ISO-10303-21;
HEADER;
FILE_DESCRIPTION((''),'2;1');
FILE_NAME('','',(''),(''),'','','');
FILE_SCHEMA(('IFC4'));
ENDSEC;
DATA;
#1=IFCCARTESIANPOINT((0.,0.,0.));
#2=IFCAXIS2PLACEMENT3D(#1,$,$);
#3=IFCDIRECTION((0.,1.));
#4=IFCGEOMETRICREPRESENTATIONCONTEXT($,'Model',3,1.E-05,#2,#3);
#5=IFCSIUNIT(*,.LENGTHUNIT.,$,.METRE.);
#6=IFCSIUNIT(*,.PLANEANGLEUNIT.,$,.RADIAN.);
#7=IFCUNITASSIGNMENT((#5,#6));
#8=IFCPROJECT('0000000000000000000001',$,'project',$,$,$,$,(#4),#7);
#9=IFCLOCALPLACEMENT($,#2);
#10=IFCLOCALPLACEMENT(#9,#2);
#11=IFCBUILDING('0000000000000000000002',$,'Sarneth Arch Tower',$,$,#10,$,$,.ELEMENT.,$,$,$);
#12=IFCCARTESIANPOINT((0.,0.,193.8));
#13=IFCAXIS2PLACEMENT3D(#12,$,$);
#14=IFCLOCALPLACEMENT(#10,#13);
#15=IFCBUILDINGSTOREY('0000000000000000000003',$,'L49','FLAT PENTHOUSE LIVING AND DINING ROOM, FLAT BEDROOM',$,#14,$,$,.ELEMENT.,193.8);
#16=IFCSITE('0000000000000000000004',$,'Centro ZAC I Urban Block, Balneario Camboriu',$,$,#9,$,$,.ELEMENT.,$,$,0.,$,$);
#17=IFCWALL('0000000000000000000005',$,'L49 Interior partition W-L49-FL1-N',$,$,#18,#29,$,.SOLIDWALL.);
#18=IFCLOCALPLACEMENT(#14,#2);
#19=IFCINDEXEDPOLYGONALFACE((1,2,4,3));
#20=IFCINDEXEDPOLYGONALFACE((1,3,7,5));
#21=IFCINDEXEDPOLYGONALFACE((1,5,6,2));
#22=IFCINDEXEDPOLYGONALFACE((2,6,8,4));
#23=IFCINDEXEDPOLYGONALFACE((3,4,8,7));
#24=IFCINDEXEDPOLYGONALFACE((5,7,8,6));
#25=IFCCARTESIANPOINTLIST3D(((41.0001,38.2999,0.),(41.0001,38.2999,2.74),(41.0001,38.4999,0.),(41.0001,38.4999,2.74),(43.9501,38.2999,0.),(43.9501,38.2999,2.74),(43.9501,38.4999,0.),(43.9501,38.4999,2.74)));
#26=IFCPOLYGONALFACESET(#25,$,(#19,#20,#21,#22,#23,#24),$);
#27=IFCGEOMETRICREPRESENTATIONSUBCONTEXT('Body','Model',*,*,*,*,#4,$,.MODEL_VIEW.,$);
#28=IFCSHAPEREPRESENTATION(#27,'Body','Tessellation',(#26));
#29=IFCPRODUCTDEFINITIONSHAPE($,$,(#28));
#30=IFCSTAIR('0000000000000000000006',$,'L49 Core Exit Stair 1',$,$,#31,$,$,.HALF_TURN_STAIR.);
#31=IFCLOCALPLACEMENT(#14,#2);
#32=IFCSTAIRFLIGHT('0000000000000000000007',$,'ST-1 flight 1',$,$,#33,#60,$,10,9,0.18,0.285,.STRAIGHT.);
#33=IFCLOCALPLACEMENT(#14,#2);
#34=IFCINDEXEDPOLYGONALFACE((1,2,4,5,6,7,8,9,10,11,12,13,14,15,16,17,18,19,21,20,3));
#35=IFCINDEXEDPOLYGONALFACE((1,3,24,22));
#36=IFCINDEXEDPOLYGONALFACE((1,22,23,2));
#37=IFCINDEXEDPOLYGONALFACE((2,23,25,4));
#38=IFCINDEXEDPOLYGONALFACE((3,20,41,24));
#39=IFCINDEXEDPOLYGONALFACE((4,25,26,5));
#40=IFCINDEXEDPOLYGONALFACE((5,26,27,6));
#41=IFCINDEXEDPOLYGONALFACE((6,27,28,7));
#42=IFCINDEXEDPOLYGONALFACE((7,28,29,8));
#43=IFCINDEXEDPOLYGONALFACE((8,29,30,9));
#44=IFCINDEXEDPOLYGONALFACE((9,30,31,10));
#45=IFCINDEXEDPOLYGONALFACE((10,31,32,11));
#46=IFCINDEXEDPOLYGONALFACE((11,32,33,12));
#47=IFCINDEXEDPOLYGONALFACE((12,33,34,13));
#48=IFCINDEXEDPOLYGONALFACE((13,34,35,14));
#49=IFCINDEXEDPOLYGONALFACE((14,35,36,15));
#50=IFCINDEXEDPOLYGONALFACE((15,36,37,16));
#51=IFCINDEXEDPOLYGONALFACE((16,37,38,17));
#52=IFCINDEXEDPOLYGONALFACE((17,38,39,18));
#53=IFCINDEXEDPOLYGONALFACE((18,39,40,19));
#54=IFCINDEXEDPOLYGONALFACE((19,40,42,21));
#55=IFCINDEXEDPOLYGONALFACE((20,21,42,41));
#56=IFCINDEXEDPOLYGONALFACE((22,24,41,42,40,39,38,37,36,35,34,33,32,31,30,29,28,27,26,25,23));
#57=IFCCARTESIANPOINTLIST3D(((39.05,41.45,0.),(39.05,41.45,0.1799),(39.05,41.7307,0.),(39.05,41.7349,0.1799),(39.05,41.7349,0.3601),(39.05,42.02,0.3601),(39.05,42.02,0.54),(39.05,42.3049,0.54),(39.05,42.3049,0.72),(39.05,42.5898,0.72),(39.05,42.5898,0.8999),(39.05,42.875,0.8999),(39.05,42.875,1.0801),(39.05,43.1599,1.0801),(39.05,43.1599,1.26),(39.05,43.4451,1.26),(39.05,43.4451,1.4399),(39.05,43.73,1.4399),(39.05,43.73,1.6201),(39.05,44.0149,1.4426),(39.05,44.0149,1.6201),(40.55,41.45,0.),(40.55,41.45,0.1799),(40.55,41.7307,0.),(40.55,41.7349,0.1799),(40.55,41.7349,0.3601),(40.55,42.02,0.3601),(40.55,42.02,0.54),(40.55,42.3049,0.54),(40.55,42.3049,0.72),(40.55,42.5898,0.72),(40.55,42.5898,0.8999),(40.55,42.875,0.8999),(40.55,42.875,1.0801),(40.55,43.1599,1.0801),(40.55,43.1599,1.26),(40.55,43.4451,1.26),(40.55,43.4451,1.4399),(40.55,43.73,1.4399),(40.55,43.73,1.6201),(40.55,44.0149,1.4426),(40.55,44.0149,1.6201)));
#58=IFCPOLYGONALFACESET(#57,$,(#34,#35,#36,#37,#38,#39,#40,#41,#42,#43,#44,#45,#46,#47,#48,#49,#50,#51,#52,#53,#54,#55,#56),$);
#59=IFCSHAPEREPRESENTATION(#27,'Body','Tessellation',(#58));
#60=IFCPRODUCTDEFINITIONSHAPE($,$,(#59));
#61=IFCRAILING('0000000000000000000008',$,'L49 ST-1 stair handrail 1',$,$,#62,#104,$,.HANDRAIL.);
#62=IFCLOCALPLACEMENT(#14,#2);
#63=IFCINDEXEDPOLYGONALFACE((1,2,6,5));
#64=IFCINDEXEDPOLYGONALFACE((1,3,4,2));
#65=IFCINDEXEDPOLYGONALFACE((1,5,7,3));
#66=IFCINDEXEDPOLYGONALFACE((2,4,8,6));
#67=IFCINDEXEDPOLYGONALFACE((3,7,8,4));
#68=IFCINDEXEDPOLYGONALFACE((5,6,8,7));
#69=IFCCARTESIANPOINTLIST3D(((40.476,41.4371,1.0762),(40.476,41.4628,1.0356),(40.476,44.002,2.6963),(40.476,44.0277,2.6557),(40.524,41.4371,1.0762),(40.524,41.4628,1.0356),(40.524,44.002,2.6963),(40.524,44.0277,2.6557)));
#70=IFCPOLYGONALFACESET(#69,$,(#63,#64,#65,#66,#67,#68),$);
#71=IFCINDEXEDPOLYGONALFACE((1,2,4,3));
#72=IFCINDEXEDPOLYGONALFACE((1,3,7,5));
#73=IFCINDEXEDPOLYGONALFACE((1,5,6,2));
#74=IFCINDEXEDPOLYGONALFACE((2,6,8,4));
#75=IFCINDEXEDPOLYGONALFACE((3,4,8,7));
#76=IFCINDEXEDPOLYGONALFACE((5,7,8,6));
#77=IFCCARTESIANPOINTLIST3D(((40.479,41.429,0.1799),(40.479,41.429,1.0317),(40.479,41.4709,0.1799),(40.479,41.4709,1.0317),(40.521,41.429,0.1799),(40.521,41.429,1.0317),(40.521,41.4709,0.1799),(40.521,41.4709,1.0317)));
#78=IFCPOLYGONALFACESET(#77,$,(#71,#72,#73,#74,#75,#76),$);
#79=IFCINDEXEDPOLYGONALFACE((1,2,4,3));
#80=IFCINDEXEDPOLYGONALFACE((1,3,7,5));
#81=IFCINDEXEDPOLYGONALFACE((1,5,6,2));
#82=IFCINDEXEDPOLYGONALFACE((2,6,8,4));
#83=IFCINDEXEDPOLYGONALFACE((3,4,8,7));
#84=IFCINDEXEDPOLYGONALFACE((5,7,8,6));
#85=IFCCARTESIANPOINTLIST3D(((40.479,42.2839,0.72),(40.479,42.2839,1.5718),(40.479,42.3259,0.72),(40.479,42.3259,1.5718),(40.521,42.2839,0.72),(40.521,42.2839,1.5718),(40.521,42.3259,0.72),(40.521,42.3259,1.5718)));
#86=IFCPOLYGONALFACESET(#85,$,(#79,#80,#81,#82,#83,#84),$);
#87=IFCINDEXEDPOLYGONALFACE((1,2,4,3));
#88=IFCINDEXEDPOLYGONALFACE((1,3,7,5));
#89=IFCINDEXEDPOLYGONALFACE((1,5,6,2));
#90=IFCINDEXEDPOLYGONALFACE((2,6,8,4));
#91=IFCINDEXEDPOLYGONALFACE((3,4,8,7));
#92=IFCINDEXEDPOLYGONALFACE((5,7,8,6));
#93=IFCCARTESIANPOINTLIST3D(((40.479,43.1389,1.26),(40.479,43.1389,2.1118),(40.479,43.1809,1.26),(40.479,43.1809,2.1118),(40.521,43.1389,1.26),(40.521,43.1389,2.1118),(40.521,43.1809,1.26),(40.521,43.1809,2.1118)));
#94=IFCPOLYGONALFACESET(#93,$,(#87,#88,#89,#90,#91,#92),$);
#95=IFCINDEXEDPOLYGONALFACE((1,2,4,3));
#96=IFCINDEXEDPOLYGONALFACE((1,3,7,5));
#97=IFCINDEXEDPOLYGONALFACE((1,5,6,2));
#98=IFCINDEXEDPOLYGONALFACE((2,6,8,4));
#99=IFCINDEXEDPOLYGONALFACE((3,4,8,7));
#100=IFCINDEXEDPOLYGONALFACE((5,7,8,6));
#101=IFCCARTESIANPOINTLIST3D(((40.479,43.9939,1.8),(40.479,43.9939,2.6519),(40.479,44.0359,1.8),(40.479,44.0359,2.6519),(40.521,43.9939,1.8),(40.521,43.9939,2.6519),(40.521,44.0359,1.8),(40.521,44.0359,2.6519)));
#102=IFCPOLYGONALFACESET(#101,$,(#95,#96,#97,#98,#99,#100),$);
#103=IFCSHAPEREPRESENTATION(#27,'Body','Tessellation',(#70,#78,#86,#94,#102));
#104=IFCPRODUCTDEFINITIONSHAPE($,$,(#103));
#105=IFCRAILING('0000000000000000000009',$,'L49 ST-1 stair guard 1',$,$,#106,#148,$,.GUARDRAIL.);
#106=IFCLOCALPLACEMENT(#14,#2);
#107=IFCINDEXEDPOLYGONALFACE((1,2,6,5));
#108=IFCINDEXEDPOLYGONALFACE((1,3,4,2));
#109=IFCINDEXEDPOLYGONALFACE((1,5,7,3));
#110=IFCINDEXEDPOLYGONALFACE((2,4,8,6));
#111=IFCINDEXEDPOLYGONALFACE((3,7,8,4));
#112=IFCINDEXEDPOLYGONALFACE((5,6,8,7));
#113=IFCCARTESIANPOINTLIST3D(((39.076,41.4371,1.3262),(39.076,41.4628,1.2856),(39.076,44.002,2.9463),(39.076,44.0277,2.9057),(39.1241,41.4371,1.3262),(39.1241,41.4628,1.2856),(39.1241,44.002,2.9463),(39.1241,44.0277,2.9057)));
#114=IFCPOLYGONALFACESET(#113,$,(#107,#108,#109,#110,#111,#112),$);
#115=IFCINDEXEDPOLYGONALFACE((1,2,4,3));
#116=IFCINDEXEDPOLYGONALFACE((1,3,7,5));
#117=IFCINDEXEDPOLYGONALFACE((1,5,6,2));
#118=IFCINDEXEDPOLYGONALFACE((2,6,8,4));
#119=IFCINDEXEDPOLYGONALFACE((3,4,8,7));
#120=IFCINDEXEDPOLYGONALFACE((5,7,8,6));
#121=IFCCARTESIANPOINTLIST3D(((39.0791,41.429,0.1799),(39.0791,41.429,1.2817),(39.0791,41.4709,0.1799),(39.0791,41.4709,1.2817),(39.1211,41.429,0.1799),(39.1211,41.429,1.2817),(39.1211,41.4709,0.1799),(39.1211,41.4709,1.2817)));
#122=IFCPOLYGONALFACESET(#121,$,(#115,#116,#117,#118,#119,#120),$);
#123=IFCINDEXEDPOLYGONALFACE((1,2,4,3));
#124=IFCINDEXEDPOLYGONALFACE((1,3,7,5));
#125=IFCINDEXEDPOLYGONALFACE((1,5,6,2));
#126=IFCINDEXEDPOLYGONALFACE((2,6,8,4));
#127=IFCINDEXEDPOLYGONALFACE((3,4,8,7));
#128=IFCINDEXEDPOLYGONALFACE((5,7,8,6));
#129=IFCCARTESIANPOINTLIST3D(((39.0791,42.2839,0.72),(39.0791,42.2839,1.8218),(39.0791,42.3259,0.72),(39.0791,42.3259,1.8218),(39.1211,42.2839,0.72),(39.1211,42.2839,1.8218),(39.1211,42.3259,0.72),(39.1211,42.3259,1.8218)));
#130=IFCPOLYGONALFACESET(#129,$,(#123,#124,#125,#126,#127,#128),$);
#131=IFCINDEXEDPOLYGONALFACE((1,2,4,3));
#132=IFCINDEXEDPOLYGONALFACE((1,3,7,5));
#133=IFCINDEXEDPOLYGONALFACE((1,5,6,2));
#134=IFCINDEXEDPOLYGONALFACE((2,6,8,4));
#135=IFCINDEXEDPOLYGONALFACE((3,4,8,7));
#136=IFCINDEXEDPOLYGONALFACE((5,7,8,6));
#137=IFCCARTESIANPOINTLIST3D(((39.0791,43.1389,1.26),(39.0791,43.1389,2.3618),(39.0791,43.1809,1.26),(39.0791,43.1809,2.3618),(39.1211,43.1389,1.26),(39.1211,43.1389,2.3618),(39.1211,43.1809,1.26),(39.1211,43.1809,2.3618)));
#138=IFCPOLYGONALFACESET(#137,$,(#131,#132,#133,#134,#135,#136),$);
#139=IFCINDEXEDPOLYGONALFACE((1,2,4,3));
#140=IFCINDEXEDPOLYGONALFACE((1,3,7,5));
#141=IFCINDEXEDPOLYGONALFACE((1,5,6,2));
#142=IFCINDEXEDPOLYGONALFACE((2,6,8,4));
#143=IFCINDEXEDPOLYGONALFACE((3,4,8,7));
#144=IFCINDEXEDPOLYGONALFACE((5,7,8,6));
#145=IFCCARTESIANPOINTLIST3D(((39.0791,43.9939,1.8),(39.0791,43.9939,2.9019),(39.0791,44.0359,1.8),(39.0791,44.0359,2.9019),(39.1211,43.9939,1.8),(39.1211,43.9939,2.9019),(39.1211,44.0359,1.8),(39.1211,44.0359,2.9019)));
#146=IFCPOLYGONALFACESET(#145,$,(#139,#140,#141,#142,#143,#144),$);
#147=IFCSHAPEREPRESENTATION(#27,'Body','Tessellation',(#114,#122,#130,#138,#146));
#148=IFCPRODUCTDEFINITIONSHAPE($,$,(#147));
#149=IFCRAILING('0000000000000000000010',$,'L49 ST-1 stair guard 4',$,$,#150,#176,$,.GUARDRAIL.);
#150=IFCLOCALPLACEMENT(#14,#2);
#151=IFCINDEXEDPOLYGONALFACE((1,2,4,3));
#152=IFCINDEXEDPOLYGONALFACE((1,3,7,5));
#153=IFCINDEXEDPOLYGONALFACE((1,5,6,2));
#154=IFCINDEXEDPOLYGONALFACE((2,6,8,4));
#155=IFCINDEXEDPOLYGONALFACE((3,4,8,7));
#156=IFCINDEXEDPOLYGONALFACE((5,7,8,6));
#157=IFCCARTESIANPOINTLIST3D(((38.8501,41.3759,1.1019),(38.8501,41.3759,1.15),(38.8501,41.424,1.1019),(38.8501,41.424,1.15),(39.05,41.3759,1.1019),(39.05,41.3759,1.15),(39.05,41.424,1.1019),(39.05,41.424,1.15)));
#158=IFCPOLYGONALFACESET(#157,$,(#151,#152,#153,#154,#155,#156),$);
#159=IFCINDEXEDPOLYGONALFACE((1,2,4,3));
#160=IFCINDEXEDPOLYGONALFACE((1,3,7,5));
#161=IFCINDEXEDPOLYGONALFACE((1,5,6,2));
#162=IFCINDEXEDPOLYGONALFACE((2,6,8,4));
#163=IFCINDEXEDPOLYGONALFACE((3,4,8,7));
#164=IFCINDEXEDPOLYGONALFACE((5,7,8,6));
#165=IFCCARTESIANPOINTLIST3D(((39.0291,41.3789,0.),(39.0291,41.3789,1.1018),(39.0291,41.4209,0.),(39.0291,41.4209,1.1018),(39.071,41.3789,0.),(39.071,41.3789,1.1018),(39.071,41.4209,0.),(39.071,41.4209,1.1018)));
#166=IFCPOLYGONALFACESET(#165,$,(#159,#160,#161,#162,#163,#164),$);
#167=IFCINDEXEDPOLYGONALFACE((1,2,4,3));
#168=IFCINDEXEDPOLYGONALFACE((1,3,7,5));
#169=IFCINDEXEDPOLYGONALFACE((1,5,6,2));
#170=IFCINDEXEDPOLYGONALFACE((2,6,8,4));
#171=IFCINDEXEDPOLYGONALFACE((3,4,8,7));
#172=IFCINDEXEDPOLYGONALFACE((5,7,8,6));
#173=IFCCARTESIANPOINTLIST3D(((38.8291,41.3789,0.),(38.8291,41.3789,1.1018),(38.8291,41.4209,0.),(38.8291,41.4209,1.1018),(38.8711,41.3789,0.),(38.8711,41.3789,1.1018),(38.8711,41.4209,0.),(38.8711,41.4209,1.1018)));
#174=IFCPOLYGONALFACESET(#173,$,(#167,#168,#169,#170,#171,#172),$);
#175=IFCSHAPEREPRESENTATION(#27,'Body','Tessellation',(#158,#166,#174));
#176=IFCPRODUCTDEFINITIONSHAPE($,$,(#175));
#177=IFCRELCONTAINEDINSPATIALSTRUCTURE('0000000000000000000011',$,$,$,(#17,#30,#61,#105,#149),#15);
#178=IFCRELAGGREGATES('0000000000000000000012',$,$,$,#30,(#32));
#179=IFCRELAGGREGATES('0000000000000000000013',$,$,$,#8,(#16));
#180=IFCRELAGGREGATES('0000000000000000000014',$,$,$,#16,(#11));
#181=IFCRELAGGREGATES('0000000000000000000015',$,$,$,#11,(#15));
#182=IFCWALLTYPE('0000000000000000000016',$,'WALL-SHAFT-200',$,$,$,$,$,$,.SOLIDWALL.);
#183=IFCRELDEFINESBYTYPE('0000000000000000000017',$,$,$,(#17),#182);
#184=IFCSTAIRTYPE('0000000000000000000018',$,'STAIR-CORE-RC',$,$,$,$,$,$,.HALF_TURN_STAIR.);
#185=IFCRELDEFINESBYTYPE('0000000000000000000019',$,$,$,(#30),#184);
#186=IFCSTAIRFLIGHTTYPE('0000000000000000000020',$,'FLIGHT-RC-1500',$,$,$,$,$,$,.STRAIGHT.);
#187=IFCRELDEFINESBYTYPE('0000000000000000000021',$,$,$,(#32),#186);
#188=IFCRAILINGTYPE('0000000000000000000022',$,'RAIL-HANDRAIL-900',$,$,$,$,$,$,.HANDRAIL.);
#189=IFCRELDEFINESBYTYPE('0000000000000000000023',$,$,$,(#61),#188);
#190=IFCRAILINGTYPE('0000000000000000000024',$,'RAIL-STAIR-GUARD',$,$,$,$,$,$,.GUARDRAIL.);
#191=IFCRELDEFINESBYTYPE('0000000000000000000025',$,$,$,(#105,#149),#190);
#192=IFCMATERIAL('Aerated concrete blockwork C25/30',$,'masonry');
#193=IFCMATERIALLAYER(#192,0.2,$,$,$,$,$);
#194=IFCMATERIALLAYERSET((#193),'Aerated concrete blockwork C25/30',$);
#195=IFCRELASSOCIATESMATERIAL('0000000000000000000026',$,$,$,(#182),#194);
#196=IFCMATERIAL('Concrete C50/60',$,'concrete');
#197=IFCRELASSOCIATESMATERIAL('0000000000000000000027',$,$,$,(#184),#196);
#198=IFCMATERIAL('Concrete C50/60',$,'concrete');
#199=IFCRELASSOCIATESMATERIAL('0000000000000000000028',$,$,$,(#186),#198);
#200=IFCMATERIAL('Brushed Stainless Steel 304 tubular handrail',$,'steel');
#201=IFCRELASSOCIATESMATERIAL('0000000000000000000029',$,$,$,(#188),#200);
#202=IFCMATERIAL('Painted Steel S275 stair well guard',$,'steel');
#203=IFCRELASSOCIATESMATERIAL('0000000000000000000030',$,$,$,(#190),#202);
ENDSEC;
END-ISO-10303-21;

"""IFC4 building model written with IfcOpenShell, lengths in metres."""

from ifc_helpers import new_model, si_unit, direction, frame, frame_2d, origin, origin_2d, place, context, subcontext, project, spatial, polyline, rectangle, outline, extrude, material, layer, layer_set, type_object, element, aggregate, save


model = new_model("IFC4")

# Units and contexts
model_context = context("Model", 3, precision=1e-05, world=origin(), true_north=direction((0.0, 1.0)))
body_context = subcontext(model_context, "Body", "Model", "MODEL_VIEW")
ifc_project = project(units=[si_unit("LENGTHUNIT", "METRE"), si_unit("PLANEANGLEUNIT", "RADIAN")], contexts=[model_context])

# Site, building, storey
site_placement = place(None, origin())
site = spatial("IfcSite", under=ifc_project, at=site_placement, Name="Centro ZAC I Urban Block, Balneario Camboriu", CompositionType="ELEMENT", RefElevation=0.0)
building_placement = place(site_placement, origin())
building = spatial("IfcBuilding", under=site, at=building_placement, Name="Sarneth Arch Tower", CompositionType="ELEMENT")
storey_placement = place(building_placement, frame((0.0, 0.0, 193.8)))
storey = spatial("IfcBuildingStorey", under=building, at=storey_placement, Name="L49", Description="FLAT PENTHOUSE LIVING AND DINING ROOM, FLAT BEDROOM", CompositionType="ELEMENT", Elevation=193.8)

# Shared definitions
ifc_material_1 = material(Name="Aerated concrete blockwork C25/30", Category="masonry")
ifc_layer_1 = layer(ifc_material_1, 0.2)
ifc_layer_set_1 = layer_set([ifc_layer_1], Name="Aerated concrete blockwork C25/30")
wall_type_1 = type_object("IfcWallType", Name="WALL-SHAFT-200", PredefinedType="SOLIDWALL", material=ifc_layer_set_1)

# Wall
wall_1_placement = place(storey_placement, frame((41.0, 38.3999, 0.0), z_axis=(0.0, 0.0, 1.0), x_axis=(1.0, 0.0, 0.0)))
element("IfcWall", 1, at=wall_1_placement, inside=storey, type_object=wall_type_1, Name="L49 Interior partition W-L49-FL1-N", PredefinedType="SOLIDWALL", context=body_context, shape_type="SweptSolid", body=[
    extrude(rectangle(XDim=2.95, YDim=0.2, at=frame_2d((1.4751, 0.0))), origin(), (0.0, 0.0, 1.0), 2.74),
])

# Stair, stair flight
ifc_material_2 = material(Name="Concrete C50/60", Category="concrete")
stair_type = type_object("IfcStairType", Name="STAIR-CORE-RC", PredefinedType="HALF_TURN_STAIR", material=ifc_material_2)
stair_placement = place(storey_placement, origin())
stair = element("IfcStair", 2, at=stair_placement, inside=storey, type_object=stair_type, Name="L49 Core Exit Stair 1", PredefinedType="HALF_TURN_STAIR")
ifc_material_3 = material(Name="Concrete C50/60", Category="concrete")
stair_flight_type = type_object("IfcStairFlightType", Name="FLIGHT-RC-1500", PredefinedType="STRAIGHT", material=ifc_material_3)
stair_flight_placement = place(storey_placement, frame((39.8, 41.45, 0.0), z_axis=(0.0, 0.0, 1.0), x_axis=(0.0, 1.0, 0.0)))
stair_flight = element("IfcStairFlight", 3, at=stair_flight_placement, type_object=stair_flight_type, Name="ST-1 flight 1", NumberOfRisers=10, NumberOfTreads=9, PredefinedType="STRAIGHT", RiserHeight=0.18, TreadLength=0.285, context=body_context, shape_type="SweptSolid", body=[
    extrude(outline(polyline([(0.0, 0.0), (0.0, 0.1799), (0.2849, 0.1799), (0.2849, 0.3601), (0.5701, 0.3601), (0.5701, 0.54), (0.855, 0.54), (0.855, 0.72), (1.1399, 0.72), (1.1399, 0.8999), (1.425, 0.8999), (1.425, 1.0801), (1.71, 1.0801), (1.71, 1.26), (1.9951, 1.26), (1.9951, 1.4399), (2.28, 1.4399), (2.28, 1.6201), (2.5649, 1.6201), (2.5649, 1.8), (2.5649, 1.4426), (0.2808, 0.0), (0.0, 0.0)])), frame((0.0, 0.75, 0.0), z_axis=(0.0, -1.0, 0.0), x_axis=(1.0, 0.0, 0.0)), (0.0, 0.0, 1.0), 1.5),
])
aggregate(stair, [stair_flight])

# Railings
ifc_material_4 = material(Name="Brushed Stainless Steel 304 tubular handrail", Category="steel")
railing_type_1 = type_object("IfcRailingType", Name="RAIL-HANDRAIL-900", PredefinedType="HANDRAIL", material=ifc_material_4)
railing_1_placement = place(storey_placement, frame((40.5, 41.45, 0.1799)))
element("IfcRailing", 4, at=railing_1_placement, inside=storey, type_object=railing_type_1, Name="L49 ST-1 stair handrail 1", PredefinedType="HANDRAIL", context=body_context, shape_type="SweptSolid", body=[
    extrude(rectangle(XDim=0.0481, YDim=0.0481, at=origin_2d()), frame((0.0, 0.0, 0.876), z_axis=(0.0, 0.845466, 0.534029), x_axis=(-1.0, 0.0, 0.0)), (0.0, 0.0, 1.0), 3.0337),
    extrude(rectangle(XDim=0.042, YDim=0.042, at=origin_2d()), origin(), (0.0, 0.0, 1.0), 0.8518),
    extrude(rectangle(XDim=0.042, YDim=0.042, at=origin_2d()), frame((0.0, 0.855, 0.54)), (0.0, 0.0, 1.0), 0.8518),
    extrude(rectangle(XDim=0.042, YDim=0.042, at=origin_2d()), frame((0.0, 1.71, 1.0801)), (0.0, 0.0, 1.0), 0.8518),
    extrude(rectangle(XDim=0.042, YDim=0.042, at=origin_2d()), frame((0.0, 2.5649, 1.6201)), (0.0, 0.0, 1.0), 0.8518),
])
ifc_material_5 = material(Name="Painted Steel S275 stair well guard", Category="steel")
railing_type_2 = type_object("IfcRailingType", Name="RAIL-STAIR-GUARD", PredefinedType="GUARDRAIL", material=ifc_material_5)
railing_2_placement = place(storey_placement, frame((39.1001, 41.45, 0.1799)))
element("IfcRailing", 5, at=railing_2_placement, inside=storey, type_object=railing_type_2, Name="L49 ST-1 stair guard 1", PredefinedType="GUARDRAIL", context=body_context, shape_type="SweptSolid", body=[
    extrude(rectangle(XDim=0.0481, YDim=0.0481, at=origin_2d()), frame((0.0, 0.0, 1.126), z_axis=(0.0, 0.845466, 0.534029), x_axis=(-1.0, 0.0, 0.0)), (0.0, 0.0, 1.0), 3.0337),
    extrude(rectangle(XDim=0.042, YDim=0.042, at=origin_2d()), origin(), (0.0, 0.0, 1.0), 1.1018),
    extrude(rectangle(XDim=0.042, YDim=0.042, at=origin_2d()), frame((0.0, 0.855, 0.54)), (0.0, 0.0, 1.0), 1.1018),
    extrude(rectangle(XDim=0.042, YDim=0.042, at=origin_2d()), frame((0.0, 1.71, 1.0801)), (0.0, 0.0, 1.0), 1.1018),
    extrude(rectangle(XDim=0.042, YDim=0.042, at=origin_2d()), frame((0.0, 2.5649, 1.6201)), (0.0, 0.0, 1.0), 1.1018),
])
railing_3_placement = place(storey_placement, frame((39.05, 41.3999, 0.0)))
element("IfcRailing", 6, at=railing_3_placement, inside=storey, type_object=railing_type_2, Name="L49 ST-1 stair guard 4", PredefinedType="GUARDRAIL", context=body_context, shape_type="SweptSolid", body=[
    extrude(rectangle(XDim=0.0481, YDim=0.0481, at=origin_2d()), frame((0.0, 0.0, 1.126), z_axis=(-1.0, 0.0, 0.0), x_axis=(0.0, -1.0, 0.0)), (0.0, 0.0, 1.0), 0.2),
    extrude(rectangle(XDim=0.042, YDim=0.042, at=origin_2d()), origin(), (0.0, 0.0, 1.0), 1.1018),
    extrude(rectangle(XDim=0.042, YDim=0.042, at=origin_2d()), frame((-0.2, 0.0, 0.0)), (0.0, 0.0, 1.0), 1.1018),
])

save(model, "model.ifc")
